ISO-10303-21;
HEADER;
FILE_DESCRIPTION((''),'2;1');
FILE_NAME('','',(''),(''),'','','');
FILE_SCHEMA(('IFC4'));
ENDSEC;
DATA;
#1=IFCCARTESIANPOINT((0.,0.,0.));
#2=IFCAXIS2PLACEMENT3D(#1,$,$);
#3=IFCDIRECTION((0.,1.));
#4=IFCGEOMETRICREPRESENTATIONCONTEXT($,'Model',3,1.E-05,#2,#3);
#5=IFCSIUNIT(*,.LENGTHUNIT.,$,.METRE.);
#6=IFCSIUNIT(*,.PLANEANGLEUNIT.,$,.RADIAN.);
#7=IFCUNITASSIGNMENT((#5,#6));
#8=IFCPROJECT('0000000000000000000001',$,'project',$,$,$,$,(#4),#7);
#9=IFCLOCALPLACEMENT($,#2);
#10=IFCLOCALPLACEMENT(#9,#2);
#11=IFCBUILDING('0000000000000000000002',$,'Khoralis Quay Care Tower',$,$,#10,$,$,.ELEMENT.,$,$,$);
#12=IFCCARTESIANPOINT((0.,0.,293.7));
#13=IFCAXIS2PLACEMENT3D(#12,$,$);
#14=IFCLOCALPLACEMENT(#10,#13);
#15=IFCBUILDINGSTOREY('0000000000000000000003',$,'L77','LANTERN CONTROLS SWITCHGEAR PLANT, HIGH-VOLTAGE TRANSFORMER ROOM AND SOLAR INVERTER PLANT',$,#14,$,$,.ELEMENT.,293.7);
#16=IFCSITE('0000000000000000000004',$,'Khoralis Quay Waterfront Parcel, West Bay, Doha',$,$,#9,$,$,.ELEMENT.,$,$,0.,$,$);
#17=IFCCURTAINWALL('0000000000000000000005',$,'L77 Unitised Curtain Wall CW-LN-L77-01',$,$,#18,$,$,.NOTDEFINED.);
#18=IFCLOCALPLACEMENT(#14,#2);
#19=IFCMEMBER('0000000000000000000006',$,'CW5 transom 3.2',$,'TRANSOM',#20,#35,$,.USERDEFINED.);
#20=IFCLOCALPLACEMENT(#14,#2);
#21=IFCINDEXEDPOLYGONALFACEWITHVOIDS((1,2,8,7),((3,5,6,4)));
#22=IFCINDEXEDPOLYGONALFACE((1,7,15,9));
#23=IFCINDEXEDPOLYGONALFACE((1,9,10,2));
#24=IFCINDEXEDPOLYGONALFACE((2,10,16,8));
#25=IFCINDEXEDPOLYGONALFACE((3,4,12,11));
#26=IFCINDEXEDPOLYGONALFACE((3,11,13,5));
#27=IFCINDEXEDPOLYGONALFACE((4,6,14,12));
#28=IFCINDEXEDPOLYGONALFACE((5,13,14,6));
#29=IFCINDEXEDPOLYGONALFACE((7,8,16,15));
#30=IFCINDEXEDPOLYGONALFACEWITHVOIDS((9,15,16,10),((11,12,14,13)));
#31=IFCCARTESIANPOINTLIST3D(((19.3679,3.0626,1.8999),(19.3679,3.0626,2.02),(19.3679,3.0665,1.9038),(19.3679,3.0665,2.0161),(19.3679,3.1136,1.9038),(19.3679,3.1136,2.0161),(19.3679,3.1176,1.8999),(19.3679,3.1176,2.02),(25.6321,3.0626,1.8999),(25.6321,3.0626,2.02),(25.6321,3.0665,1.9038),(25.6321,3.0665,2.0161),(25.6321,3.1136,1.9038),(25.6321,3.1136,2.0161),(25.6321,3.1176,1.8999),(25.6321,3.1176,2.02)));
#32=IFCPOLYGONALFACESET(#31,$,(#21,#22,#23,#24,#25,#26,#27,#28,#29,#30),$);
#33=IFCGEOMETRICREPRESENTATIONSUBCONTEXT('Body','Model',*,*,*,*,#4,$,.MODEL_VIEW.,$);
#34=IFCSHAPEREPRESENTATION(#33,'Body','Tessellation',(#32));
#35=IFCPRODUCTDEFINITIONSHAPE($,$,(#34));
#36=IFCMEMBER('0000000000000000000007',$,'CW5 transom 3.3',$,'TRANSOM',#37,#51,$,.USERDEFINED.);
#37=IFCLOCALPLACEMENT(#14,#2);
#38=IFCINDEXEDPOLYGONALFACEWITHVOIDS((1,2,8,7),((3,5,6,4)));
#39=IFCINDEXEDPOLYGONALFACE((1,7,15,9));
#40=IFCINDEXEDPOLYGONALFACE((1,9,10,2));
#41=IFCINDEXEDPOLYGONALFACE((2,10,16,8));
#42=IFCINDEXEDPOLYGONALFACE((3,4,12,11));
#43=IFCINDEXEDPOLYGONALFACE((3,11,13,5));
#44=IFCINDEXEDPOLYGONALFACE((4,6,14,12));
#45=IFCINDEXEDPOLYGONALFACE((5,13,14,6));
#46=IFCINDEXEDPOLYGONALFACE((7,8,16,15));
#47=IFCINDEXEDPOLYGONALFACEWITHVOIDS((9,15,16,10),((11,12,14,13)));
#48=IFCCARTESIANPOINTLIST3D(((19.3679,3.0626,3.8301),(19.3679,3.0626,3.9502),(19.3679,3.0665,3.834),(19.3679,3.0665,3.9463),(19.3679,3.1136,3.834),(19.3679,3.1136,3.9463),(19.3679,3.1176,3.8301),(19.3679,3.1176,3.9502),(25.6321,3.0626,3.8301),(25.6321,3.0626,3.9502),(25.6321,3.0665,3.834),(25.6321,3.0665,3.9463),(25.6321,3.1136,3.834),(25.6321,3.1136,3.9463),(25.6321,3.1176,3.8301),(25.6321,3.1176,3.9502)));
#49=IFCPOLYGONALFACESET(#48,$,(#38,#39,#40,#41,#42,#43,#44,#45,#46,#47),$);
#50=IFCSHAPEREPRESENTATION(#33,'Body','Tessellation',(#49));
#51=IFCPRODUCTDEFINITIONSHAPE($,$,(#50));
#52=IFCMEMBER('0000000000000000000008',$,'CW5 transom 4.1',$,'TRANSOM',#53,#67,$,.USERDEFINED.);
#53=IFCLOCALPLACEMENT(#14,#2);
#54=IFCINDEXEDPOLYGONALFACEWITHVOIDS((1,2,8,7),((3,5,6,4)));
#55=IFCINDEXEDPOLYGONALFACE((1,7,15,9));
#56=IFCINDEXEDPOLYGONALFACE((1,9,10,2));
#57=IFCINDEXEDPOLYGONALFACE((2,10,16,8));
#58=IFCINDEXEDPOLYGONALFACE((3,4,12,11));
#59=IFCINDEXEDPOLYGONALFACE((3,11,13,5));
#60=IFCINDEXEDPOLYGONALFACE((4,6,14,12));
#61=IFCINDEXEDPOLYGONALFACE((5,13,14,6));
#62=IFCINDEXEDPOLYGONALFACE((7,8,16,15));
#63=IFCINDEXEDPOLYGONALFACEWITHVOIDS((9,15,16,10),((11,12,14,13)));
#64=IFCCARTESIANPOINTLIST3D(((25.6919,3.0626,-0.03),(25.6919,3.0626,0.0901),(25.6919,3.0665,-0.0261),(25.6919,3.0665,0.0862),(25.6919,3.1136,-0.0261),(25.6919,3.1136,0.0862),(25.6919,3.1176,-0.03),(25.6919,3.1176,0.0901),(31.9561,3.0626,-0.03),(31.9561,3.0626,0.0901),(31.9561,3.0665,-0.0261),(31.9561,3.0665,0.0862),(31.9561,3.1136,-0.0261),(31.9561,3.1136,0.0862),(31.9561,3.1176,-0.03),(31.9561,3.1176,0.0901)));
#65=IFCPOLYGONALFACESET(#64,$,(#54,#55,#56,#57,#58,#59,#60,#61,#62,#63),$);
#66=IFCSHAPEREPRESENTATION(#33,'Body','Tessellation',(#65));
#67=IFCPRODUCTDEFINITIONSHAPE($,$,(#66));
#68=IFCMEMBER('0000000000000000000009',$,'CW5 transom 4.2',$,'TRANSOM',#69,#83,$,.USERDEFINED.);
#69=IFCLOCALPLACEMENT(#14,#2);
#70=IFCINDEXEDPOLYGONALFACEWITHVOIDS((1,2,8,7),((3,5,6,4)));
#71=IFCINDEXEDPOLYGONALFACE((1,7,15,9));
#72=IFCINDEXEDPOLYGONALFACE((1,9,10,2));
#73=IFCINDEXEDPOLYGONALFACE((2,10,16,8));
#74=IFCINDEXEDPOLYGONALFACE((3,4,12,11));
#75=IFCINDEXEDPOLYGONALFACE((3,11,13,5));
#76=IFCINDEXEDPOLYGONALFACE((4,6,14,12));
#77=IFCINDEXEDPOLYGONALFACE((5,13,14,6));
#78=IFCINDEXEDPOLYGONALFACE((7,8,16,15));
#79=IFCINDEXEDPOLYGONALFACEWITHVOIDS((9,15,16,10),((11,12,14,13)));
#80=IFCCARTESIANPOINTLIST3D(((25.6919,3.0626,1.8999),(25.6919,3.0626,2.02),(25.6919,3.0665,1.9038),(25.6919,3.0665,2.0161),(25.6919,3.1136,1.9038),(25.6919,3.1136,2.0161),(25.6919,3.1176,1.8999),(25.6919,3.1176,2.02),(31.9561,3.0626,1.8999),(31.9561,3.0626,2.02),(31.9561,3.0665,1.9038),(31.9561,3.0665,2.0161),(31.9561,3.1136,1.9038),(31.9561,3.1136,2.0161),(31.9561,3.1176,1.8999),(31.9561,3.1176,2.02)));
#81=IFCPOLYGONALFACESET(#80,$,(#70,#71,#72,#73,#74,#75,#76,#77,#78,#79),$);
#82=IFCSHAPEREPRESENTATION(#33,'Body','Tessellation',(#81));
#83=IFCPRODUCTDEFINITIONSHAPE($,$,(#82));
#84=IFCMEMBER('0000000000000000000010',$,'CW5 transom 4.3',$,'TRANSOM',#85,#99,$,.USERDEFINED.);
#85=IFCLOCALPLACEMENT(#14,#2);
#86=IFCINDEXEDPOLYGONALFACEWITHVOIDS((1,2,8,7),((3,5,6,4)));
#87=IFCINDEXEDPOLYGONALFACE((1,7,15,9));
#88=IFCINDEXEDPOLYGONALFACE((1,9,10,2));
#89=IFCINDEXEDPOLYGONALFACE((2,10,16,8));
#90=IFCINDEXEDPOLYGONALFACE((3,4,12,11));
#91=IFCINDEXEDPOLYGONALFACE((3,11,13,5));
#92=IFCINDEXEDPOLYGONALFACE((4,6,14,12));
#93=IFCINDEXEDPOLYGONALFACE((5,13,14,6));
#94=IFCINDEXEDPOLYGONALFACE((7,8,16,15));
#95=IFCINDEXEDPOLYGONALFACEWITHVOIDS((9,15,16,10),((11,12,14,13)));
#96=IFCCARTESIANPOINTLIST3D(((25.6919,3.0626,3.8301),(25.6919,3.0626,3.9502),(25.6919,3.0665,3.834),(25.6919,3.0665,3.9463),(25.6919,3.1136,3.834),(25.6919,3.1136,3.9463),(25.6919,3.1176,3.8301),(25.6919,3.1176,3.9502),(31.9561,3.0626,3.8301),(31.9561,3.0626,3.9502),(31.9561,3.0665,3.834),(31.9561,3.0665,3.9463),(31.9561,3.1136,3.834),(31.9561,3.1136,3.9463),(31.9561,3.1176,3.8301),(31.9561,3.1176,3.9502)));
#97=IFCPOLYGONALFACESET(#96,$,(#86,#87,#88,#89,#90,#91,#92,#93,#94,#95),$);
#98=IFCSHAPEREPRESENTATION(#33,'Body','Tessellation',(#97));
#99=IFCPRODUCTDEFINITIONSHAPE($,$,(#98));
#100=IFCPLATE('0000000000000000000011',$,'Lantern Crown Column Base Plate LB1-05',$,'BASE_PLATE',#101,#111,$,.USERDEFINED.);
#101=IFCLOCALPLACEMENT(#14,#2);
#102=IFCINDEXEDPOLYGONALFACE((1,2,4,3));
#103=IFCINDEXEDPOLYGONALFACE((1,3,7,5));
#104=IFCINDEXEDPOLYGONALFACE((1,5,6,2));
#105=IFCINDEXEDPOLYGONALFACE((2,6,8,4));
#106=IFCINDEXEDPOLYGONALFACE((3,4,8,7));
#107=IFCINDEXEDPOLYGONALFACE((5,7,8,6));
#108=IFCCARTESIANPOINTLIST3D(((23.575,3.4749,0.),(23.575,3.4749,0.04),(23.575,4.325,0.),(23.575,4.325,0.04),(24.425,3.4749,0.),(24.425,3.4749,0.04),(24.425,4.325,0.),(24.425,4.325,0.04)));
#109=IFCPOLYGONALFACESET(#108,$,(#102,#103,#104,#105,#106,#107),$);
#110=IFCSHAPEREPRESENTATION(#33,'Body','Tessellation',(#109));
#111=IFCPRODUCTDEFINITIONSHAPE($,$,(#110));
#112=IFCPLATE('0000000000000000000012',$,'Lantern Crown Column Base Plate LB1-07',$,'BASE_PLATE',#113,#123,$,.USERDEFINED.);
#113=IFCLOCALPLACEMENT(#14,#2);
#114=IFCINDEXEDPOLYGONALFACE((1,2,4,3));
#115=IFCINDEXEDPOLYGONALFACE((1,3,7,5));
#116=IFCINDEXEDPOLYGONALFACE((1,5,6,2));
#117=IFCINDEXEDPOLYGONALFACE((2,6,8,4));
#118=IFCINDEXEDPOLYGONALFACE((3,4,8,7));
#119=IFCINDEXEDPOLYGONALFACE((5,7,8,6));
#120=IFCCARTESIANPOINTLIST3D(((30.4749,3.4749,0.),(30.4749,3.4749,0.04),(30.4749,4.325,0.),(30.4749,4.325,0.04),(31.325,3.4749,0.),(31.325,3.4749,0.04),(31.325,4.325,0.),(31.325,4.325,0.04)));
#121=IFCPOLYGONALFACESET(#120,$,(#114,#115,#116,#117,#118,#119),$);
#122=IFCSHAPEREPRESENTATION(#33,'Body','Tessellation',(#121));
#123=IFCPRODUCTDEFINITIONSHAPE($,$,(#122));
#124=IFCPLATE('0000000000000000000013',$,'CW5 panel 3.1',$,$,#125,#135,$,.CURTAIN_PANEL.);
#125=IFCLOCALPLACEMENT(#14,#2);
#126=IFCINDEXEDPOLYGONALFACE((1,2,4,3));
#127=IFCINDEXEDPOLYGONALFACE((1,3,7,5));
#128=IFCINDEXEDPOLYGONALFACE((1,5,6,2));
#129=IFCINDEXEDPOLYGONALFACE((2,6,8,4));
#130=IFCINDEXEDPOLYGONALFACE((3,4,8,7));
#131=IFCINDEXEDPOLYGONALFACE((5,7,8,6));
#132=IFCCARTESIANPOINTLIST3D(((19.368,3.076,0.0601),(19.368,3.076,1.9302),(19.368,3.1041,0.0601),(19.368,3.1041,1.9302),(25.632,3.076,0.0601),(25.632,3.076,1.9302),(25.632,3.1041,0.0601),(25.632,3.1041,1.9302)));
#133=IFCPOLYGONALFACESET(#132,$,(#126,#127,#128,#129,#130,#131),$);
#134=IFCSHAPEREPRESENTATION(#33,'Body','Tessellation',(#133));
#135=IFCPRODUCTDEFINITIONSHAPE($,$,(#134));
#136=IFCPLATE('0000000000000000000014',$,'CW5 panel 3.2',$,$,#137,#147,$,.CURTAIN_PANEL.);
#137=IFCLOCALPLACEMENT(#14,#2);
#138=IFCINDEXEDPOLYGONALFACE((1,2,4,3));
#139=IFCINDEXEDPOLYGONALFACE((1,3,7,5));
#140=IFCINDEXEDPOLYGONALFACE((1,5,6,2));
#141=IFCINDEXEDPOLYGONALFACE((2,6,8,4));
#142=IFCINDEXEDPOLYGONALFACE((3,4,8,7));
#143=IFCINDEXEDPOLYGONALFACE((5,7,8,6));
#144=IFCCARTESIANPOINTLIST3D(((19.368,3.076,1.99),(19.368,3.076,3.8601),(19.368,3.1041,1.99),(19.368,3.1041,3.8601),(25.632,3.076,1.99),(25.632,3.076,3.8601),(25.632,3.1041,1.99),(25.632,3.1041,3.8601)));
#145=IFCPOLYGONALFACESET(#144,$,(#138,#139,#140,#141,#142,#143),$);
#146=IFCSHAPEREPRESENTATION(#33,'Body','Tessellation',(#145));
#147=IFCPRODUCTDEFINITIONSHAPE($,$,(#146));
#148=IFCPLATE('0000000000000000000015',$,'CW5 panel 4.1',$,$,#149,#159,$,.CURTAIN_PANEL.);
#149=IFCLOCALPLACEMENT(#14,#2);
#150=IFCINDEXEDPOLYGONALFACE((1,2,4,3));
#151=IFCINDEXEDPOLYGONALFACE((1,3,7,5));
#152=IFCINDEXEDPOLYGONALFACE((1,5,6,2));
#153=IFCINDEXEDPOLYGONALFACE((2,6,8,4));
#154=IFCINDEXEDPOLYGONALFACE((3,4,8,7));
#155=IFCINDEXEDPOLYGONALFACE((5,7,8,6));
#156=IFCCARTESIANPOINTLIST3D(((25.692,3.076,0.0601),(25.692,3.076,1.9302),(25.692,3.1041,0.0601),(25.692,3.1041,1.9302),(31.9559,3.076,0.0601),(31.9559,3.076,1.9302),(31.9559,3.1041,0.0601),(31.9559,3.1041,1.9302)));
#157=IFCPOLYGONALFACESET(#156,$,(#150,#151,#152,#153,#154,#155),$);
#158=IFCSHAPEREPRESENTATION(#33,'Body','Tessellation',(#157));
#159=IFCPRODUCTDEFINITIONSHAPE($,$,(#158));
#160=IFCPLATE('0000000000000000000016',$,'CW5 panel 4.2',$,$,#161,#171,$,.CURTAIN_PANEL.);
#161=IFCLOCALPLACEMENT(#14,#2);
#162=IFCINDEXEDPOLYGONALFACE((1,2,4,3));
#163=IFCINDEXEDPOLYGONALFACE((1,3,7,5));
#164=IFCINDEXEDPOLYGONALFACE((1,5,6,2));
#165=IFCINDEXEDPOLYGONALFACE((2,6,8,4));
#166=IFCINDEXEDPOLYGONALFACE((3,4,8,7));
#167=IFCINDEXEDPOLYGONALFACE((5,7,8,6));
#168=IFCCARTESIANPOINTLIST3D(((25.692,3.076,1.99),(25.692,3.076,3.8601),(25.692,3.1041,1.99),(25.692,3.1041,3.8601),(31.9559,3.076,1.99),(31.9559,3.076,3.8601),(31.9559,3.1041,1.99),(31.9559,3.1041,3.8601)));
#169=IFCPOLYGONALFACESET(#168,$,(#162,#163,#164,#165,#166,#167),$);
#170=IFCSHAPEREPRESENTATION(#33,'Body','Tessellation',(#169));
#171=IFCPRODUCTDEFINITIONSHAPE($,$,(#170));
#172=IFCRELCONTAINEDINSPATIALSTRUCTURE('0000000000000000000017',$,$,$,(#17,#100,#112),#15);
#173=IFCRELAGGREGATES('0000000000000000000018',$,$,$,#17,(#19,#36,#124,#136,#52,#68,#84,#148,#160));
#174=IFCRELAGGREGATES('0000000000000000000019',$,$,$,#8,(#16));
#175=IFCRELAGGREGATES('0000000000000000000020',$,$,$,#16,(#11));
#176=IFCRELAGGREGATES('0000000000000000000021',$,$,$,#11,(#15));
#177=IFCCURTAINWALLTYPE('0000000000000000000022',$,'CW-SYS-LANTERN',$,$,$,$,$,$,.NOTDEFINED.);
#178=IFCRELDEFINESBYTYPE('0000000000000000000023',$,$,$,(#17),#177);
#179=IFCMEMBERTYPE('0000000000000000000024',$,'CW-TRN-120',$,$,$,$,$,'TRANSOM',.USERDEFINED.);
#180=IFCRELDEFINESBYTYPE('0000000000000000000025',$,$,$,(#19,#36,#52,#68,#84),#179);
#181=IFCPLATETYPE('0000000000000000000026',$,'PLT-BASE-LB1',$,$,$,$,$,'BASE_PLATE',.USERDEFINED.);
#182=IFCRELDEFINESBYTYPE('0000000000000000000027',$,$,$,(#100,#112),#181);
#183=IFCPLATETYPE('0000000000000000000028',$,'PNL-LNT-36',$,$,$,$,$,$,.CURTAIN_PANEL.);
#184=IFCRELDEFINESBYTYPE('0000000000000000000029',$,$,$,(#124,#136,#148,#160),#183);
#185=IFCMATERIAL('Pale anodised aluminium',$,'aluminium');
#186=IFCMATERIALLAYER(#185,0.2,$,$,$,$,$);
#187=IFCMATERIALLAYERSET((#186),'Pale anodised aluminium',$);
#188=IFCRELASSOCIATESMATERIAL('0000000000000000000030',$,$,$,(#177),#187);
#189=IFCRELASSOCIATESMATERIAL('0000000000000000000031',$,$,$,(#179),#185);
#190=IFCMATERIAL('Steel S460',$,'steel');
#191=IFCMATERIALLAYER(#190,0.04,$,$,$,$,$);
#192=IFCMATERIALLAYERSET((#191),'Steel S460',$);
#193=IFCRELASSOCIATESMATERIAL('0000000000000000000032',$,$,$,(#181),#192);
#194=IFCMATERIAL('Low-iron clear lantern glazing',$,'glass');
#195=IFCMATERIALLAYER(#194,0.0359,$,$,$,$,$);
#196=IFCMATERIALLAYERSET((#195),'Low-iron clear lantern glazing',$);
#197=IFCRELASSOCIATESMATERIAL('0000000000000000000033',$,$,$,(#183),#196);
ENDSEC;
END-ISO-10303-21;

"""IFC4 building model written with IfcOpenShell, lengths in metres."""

from ifc_helpers import new_model, si_unit, direction, frame, origin, origin_2d, place, context, subcontext, project, spatial, rectangle, hollow_rectangle, extrude, source, transform, mapped, material, layer, layer_set, material_profile, profile_set, type_object, element, aggregate, save


model = new_model("IFC4")

# Units and contexts
model_context = context("Model", 3, precision=1e-05, world=origin(), true_north=direction((0.0, 1.0)))
body_context = subcontext(model_context, "Body", "Model", "MODEL_VIEW")
ifc_project = project(units=[si_unit("LENGTHUNIT", "METRE"), si_unit("PLANEANGLEUNIT", "RADIAN")], contexts=[model_context])

# Site, building, storey
site_placement = place(None, origin())
site = spatial("IfcSite", under=ifc_project, at=site_placement, Name="Khoralis Quay Waterfront Parcel, West Bay, Doha", CompositionType="ELEMENT", RefElevation=0.0)
building_placement = place(site_placement, origin())
building = spatial("IfcBuilding", under=site, at=building_placement, Name="Khoralis Quay Care Tower", CompositionType="ELEMENT")
storey_placement = place(building_placement, frame((0.0, 0.0, 293.7)))
storey = spatial("IfcBuildingStorey", under=building, at=storey_placement, Name="L77", Description="LANTERN CONTROLS SWITCHGEAR PLANT, HIGH-VOLTAGE TRANSFORMER ROOM AND SOLAR INVERTER PLANT", CompositionType="ELEMENT", Elevation=293.7)

# Shared definitions
ifc_material_1 = material(Name="Steel S460", Category="steel")

# Curtain wall, members
ifc_material_2 = material(Name="Pale anodised aluminium", Category="aluminium")
ifc_layer_1 = layer(ifc_material_2, 0.2)
ifc_layer_set_1 = layer_set([ifc_layer_1], Name="Pale anodised aluminium")
curtain_wall_type = type_object("IfcCurtainWallType", Name="CW-SYS-LANTERN", PredefinedType="NOTDEFINED", material=ifc_layer_set_1)
curtain_wall_placement = place(storey_placement, origin())
curtain_wall = element("IfcCurtainWall", 1, at=curtain_wall_placement, inside=storey, type_object=curtain_wall_type, Name="L77 Unitised Curtain Wall CW-LN-L77-01", PredefinedType="NOTDEFINED")
ifc_material_profile_1 = material_profile(ifc_material_2, hollow_rectangle(XDim=0.0549, YDim=0.1201, WallThickness=0.0039, at=origin_2d()), Name="Pale anodised aluminium")
ifc_profile_set_1 = profile_set([ifc_material_profile_1], Name="Pale anodised aluminium")
member_type_1 = type_object("IfcMemberType", Name="CW-TRN-120", ElementType="TRANSOM", PredefinedType="USERDEFINED", material=ifc_profile_set_1)
shared_shape_1 = source(origin(), body_context, "Body", "SweptSolid", [
    extrude(hollow_rectangle(XDim=0.0549, YDim=0.1201, WallThickness=0.0039, at=origin_2d()), origin(), (0.0, 0.0, 1.0), 6.2642),
])
member_1_placement = place(storey_placement, frame((19.3679, 3.0901, 1.96), z_axis=(1.0, 0.0, 0.0), x_axis=(0.0, 1.0, 0.0)))
member_1 = element("IfcMember", 2, at=member_1_placement, type_object=member_type_1, Name="CW5 transom 3.2", ObjectType="TRANSOM", PredefinedType="USERDEFINED", context=body_context, shape_type="MappedRepresentation", body=[
    mapped(shared_shape_1, transform((0.0, 0.0, 0.0), scale=1.0)),
])
member_2_placement = place(storey_placement, frame((19.3679, 3.0901, 3.8901), z_axis=(1.0, 0.0, 0.0), x_axis=(0.0, 1.0, 0.0)))
member_2 = element("IfcMember", 3, at=member_2_placement, type_object=member_type_1, Name="CW5 transom 3.3", ObjectType="TRANSOM", PredefinedType="USERDEFINED", context=body_context, shape_type="MappedRepresentation", body=[
    mapped(shared_shape_1, transform((0.0, 0.0, 0.0), scale=1.0)),
])
member_3_placement = place(storey_placement, frame((25.6919, 3.0901, 0.03), z_axis=(1.0, 0.0, 0.0), x_axis=(0.0, 1.0, 0.0)))
member_3 = element("IfcMember", 4, at=member_3_placement, type_object=member_type_1, Name="CW5 transom 4.1", ObjectType="TRANSOM", PredefinedType="USERDEFINED", context=body_context, shape_type="MappedRepresentation", body=[
    mapped(shared_shape_1, transform((0.0, 0.0, 0.0), scale=1.0)),
])
member_4_placement = place(storey_placement, frame((25.6919, 3.0901, 1.96), z_axis=(1.0, 0.0, 0.0), x_axis=(0.0, 1.0, 0.0)))
member_4 = element("IfcMember", 5, at=member_4_placement, type_object=member_type_1, Name="CW5 transom 4.2", ObjectType="TRANSOM", PredefinedType="USERDEFINED", context=body_context, shape_type="MappedRepresentation", body=[
    mapped(shared_shape_1, transform((0.0, 0.0, 0.0), scale=1.0)),
])
member_5_placement = place(storey_placement, frame((25.6919, 3.0901, 3.8901), z_axis=(1.0, 0.0, 0.0), x_axis=(0.0, 1.0, 0.0)))
member_5 = element("IfcMember", 6, at=member_5_placement, type_object=member_type_1, Name="CW5 transom 4.3", ObjectType="TRANSOM", PredefinedType="USERDEFINED", context=body_context, shape_type="MappedRepresentation", body=[
    mapped(shared_shape_1, transform((0.0, 0.0, 0.0), scale=1.0)),
])

# Plates
ifc_layer_2 = layer(ifc_material_1, 0.04)
ifc_layer_set_2 = layer_set([ifc_layer_2], Name="Steel S460")
plate_type_1 = type_object("IfcPlateType", Name="PLT-BASE-LB1", ElementType="BASE_PLATE", PredefinedType="USERDEFINED", material=ifc_layer_set_2)
shared_shape_2 = source(origin(), body_context, "Body", "SweptSolid", [
    extrude(rectangle(XDim=0.8501, YDim=0.8501, at=origin_2d()), origin(), (0.0, 0.0, 1.0), 0.04),
])
for number, where, z_axis, x_axis, name in (
    (7, (24.0, 3.8999, 0.0), (0.0, 0.0, 1.0), (1.0, 0.0, 0.0), "Lantern Crown Column Base Plate LB1-05"),
    (8, (30.8999, 3.8999, 0.0), (0.0, 0.0, 1.0), (1.0, 0.0, 0.0), "Lantern Crown Column Base Plate LB1-07"),
):
    element("IfcPlate", number, at=place(storey_placement, frame(where, z_axis=z_axis, x_axis=x_axis)), inside=storey, type_object=plate_type_1, Name=name, ObjectType="BASE_PLATE", PredefinedType="USERDEFINED", context=body_context, shape_type="MappedRepresentation", body=[
        mapped(shared_shape_2, transform((0.0, 0.0, 0.0), scale=1.0)),
    ])

# Plates
ifc_material_3 = material(Name="Low-iron clear lantern glazing", Category="glass")
ifc_layer_3 = layer(ifc_material_3, 0.0359)
ifc_layer_set_3 = layer_set([ifc_layer_3], Name="Low-iron clear lantern glazing")
plate_type_2 = type_object("IfcPlateType", Name="PNL-LNT-36", PredefinedType="CURTAIN_PANEL", material=ifc_layer_set_3)
shared_shape_3 = source(origin(), body_context, "Body", "SweptSolid", [
    extrude(rectangle(XDim=6.2639, YDim=0.0281, at=origin_2d()), origin(), (0.0, 0.0, 1.0), 1.8701),
])
plate_1_placement = place(storey_placement, frame((22.5, 3.0901, 0.0601), z_axis=(0.0, 0.0, 1.0), x_axis=(1.0, 0.0, 0.0)))
plate_1 = element("IfcPlate", 9, at=plate_1_placement, type_object=plate_type_2, Name="CW5 panel 3.1", PredefinedType="CURTAIN_PANEL", context=body_context, shape_type="MappedRepresentation", body=[
    mapped(shared_shape_3, transform((0.0, 0.0, 0.0), scale=1.0)),
])
plate_2_placement = place(storey_placement, frame((22.5, 3.0901, 1.99), z_axis=(0.0, 0.0, 1.0), x_axis=(1.0, 0.0, 0.0)))
plate_2 = element("IfcPlate", 10, at=plate_2_placement, type_object=plate_type_2, Name="CW5 panel 3.2", PredefinedType="CURTAIN_PANEL", context=body_context, shape_type="MappedRepresentation", body=[
    mapped(shared_shape_3, transform((0.0, 0.0, 0.0), scale=1.0)),
])
plate_3_placement = place(storey_placement, frame((28.824, 3.0901, 0.0601), z_axis=(0.0, 0.0, 1.0), x_axis=(1.0, 0.0, 0.0)))
plate_3 = element("IfcPlate", 11, at=plate_3_placement, type_object=plate_type_2, Name="CW5 panel 4.1", PredefinedType="CURTAIN_PANEL", context=body_context, shape_type="MappedRepresentation", body=[
    mapped(shared_shape_3, transform((0.0, 0.0, 0.0), scale=1.0)),
])
plate_4_placement = place(storey_placement, frame((28.824, 3.0901, 1.99), z_axis=(0.0, 0.0, 1.0), x_axis=(1.0, 0.0, 0.0)))
plate_4 = element("IfcPlate", 12, at=plate_4_placement, type_object=plate_type_2, Name="CW5 panel 4.2", PredefinedType="CURTAIN_PANEL", context=body_context, shape_type="MappedRepresentation", body=[
    mapped(shared_shape_3, transform((0.0, 0.0, 0.0), scale=1.0)),
])
aggregate(curtain_wall, [member_1, member_2, plate_1, plate_2, member_3, member_4, member_5, plate_3, plate_4])

save(model, "model.ifc")
